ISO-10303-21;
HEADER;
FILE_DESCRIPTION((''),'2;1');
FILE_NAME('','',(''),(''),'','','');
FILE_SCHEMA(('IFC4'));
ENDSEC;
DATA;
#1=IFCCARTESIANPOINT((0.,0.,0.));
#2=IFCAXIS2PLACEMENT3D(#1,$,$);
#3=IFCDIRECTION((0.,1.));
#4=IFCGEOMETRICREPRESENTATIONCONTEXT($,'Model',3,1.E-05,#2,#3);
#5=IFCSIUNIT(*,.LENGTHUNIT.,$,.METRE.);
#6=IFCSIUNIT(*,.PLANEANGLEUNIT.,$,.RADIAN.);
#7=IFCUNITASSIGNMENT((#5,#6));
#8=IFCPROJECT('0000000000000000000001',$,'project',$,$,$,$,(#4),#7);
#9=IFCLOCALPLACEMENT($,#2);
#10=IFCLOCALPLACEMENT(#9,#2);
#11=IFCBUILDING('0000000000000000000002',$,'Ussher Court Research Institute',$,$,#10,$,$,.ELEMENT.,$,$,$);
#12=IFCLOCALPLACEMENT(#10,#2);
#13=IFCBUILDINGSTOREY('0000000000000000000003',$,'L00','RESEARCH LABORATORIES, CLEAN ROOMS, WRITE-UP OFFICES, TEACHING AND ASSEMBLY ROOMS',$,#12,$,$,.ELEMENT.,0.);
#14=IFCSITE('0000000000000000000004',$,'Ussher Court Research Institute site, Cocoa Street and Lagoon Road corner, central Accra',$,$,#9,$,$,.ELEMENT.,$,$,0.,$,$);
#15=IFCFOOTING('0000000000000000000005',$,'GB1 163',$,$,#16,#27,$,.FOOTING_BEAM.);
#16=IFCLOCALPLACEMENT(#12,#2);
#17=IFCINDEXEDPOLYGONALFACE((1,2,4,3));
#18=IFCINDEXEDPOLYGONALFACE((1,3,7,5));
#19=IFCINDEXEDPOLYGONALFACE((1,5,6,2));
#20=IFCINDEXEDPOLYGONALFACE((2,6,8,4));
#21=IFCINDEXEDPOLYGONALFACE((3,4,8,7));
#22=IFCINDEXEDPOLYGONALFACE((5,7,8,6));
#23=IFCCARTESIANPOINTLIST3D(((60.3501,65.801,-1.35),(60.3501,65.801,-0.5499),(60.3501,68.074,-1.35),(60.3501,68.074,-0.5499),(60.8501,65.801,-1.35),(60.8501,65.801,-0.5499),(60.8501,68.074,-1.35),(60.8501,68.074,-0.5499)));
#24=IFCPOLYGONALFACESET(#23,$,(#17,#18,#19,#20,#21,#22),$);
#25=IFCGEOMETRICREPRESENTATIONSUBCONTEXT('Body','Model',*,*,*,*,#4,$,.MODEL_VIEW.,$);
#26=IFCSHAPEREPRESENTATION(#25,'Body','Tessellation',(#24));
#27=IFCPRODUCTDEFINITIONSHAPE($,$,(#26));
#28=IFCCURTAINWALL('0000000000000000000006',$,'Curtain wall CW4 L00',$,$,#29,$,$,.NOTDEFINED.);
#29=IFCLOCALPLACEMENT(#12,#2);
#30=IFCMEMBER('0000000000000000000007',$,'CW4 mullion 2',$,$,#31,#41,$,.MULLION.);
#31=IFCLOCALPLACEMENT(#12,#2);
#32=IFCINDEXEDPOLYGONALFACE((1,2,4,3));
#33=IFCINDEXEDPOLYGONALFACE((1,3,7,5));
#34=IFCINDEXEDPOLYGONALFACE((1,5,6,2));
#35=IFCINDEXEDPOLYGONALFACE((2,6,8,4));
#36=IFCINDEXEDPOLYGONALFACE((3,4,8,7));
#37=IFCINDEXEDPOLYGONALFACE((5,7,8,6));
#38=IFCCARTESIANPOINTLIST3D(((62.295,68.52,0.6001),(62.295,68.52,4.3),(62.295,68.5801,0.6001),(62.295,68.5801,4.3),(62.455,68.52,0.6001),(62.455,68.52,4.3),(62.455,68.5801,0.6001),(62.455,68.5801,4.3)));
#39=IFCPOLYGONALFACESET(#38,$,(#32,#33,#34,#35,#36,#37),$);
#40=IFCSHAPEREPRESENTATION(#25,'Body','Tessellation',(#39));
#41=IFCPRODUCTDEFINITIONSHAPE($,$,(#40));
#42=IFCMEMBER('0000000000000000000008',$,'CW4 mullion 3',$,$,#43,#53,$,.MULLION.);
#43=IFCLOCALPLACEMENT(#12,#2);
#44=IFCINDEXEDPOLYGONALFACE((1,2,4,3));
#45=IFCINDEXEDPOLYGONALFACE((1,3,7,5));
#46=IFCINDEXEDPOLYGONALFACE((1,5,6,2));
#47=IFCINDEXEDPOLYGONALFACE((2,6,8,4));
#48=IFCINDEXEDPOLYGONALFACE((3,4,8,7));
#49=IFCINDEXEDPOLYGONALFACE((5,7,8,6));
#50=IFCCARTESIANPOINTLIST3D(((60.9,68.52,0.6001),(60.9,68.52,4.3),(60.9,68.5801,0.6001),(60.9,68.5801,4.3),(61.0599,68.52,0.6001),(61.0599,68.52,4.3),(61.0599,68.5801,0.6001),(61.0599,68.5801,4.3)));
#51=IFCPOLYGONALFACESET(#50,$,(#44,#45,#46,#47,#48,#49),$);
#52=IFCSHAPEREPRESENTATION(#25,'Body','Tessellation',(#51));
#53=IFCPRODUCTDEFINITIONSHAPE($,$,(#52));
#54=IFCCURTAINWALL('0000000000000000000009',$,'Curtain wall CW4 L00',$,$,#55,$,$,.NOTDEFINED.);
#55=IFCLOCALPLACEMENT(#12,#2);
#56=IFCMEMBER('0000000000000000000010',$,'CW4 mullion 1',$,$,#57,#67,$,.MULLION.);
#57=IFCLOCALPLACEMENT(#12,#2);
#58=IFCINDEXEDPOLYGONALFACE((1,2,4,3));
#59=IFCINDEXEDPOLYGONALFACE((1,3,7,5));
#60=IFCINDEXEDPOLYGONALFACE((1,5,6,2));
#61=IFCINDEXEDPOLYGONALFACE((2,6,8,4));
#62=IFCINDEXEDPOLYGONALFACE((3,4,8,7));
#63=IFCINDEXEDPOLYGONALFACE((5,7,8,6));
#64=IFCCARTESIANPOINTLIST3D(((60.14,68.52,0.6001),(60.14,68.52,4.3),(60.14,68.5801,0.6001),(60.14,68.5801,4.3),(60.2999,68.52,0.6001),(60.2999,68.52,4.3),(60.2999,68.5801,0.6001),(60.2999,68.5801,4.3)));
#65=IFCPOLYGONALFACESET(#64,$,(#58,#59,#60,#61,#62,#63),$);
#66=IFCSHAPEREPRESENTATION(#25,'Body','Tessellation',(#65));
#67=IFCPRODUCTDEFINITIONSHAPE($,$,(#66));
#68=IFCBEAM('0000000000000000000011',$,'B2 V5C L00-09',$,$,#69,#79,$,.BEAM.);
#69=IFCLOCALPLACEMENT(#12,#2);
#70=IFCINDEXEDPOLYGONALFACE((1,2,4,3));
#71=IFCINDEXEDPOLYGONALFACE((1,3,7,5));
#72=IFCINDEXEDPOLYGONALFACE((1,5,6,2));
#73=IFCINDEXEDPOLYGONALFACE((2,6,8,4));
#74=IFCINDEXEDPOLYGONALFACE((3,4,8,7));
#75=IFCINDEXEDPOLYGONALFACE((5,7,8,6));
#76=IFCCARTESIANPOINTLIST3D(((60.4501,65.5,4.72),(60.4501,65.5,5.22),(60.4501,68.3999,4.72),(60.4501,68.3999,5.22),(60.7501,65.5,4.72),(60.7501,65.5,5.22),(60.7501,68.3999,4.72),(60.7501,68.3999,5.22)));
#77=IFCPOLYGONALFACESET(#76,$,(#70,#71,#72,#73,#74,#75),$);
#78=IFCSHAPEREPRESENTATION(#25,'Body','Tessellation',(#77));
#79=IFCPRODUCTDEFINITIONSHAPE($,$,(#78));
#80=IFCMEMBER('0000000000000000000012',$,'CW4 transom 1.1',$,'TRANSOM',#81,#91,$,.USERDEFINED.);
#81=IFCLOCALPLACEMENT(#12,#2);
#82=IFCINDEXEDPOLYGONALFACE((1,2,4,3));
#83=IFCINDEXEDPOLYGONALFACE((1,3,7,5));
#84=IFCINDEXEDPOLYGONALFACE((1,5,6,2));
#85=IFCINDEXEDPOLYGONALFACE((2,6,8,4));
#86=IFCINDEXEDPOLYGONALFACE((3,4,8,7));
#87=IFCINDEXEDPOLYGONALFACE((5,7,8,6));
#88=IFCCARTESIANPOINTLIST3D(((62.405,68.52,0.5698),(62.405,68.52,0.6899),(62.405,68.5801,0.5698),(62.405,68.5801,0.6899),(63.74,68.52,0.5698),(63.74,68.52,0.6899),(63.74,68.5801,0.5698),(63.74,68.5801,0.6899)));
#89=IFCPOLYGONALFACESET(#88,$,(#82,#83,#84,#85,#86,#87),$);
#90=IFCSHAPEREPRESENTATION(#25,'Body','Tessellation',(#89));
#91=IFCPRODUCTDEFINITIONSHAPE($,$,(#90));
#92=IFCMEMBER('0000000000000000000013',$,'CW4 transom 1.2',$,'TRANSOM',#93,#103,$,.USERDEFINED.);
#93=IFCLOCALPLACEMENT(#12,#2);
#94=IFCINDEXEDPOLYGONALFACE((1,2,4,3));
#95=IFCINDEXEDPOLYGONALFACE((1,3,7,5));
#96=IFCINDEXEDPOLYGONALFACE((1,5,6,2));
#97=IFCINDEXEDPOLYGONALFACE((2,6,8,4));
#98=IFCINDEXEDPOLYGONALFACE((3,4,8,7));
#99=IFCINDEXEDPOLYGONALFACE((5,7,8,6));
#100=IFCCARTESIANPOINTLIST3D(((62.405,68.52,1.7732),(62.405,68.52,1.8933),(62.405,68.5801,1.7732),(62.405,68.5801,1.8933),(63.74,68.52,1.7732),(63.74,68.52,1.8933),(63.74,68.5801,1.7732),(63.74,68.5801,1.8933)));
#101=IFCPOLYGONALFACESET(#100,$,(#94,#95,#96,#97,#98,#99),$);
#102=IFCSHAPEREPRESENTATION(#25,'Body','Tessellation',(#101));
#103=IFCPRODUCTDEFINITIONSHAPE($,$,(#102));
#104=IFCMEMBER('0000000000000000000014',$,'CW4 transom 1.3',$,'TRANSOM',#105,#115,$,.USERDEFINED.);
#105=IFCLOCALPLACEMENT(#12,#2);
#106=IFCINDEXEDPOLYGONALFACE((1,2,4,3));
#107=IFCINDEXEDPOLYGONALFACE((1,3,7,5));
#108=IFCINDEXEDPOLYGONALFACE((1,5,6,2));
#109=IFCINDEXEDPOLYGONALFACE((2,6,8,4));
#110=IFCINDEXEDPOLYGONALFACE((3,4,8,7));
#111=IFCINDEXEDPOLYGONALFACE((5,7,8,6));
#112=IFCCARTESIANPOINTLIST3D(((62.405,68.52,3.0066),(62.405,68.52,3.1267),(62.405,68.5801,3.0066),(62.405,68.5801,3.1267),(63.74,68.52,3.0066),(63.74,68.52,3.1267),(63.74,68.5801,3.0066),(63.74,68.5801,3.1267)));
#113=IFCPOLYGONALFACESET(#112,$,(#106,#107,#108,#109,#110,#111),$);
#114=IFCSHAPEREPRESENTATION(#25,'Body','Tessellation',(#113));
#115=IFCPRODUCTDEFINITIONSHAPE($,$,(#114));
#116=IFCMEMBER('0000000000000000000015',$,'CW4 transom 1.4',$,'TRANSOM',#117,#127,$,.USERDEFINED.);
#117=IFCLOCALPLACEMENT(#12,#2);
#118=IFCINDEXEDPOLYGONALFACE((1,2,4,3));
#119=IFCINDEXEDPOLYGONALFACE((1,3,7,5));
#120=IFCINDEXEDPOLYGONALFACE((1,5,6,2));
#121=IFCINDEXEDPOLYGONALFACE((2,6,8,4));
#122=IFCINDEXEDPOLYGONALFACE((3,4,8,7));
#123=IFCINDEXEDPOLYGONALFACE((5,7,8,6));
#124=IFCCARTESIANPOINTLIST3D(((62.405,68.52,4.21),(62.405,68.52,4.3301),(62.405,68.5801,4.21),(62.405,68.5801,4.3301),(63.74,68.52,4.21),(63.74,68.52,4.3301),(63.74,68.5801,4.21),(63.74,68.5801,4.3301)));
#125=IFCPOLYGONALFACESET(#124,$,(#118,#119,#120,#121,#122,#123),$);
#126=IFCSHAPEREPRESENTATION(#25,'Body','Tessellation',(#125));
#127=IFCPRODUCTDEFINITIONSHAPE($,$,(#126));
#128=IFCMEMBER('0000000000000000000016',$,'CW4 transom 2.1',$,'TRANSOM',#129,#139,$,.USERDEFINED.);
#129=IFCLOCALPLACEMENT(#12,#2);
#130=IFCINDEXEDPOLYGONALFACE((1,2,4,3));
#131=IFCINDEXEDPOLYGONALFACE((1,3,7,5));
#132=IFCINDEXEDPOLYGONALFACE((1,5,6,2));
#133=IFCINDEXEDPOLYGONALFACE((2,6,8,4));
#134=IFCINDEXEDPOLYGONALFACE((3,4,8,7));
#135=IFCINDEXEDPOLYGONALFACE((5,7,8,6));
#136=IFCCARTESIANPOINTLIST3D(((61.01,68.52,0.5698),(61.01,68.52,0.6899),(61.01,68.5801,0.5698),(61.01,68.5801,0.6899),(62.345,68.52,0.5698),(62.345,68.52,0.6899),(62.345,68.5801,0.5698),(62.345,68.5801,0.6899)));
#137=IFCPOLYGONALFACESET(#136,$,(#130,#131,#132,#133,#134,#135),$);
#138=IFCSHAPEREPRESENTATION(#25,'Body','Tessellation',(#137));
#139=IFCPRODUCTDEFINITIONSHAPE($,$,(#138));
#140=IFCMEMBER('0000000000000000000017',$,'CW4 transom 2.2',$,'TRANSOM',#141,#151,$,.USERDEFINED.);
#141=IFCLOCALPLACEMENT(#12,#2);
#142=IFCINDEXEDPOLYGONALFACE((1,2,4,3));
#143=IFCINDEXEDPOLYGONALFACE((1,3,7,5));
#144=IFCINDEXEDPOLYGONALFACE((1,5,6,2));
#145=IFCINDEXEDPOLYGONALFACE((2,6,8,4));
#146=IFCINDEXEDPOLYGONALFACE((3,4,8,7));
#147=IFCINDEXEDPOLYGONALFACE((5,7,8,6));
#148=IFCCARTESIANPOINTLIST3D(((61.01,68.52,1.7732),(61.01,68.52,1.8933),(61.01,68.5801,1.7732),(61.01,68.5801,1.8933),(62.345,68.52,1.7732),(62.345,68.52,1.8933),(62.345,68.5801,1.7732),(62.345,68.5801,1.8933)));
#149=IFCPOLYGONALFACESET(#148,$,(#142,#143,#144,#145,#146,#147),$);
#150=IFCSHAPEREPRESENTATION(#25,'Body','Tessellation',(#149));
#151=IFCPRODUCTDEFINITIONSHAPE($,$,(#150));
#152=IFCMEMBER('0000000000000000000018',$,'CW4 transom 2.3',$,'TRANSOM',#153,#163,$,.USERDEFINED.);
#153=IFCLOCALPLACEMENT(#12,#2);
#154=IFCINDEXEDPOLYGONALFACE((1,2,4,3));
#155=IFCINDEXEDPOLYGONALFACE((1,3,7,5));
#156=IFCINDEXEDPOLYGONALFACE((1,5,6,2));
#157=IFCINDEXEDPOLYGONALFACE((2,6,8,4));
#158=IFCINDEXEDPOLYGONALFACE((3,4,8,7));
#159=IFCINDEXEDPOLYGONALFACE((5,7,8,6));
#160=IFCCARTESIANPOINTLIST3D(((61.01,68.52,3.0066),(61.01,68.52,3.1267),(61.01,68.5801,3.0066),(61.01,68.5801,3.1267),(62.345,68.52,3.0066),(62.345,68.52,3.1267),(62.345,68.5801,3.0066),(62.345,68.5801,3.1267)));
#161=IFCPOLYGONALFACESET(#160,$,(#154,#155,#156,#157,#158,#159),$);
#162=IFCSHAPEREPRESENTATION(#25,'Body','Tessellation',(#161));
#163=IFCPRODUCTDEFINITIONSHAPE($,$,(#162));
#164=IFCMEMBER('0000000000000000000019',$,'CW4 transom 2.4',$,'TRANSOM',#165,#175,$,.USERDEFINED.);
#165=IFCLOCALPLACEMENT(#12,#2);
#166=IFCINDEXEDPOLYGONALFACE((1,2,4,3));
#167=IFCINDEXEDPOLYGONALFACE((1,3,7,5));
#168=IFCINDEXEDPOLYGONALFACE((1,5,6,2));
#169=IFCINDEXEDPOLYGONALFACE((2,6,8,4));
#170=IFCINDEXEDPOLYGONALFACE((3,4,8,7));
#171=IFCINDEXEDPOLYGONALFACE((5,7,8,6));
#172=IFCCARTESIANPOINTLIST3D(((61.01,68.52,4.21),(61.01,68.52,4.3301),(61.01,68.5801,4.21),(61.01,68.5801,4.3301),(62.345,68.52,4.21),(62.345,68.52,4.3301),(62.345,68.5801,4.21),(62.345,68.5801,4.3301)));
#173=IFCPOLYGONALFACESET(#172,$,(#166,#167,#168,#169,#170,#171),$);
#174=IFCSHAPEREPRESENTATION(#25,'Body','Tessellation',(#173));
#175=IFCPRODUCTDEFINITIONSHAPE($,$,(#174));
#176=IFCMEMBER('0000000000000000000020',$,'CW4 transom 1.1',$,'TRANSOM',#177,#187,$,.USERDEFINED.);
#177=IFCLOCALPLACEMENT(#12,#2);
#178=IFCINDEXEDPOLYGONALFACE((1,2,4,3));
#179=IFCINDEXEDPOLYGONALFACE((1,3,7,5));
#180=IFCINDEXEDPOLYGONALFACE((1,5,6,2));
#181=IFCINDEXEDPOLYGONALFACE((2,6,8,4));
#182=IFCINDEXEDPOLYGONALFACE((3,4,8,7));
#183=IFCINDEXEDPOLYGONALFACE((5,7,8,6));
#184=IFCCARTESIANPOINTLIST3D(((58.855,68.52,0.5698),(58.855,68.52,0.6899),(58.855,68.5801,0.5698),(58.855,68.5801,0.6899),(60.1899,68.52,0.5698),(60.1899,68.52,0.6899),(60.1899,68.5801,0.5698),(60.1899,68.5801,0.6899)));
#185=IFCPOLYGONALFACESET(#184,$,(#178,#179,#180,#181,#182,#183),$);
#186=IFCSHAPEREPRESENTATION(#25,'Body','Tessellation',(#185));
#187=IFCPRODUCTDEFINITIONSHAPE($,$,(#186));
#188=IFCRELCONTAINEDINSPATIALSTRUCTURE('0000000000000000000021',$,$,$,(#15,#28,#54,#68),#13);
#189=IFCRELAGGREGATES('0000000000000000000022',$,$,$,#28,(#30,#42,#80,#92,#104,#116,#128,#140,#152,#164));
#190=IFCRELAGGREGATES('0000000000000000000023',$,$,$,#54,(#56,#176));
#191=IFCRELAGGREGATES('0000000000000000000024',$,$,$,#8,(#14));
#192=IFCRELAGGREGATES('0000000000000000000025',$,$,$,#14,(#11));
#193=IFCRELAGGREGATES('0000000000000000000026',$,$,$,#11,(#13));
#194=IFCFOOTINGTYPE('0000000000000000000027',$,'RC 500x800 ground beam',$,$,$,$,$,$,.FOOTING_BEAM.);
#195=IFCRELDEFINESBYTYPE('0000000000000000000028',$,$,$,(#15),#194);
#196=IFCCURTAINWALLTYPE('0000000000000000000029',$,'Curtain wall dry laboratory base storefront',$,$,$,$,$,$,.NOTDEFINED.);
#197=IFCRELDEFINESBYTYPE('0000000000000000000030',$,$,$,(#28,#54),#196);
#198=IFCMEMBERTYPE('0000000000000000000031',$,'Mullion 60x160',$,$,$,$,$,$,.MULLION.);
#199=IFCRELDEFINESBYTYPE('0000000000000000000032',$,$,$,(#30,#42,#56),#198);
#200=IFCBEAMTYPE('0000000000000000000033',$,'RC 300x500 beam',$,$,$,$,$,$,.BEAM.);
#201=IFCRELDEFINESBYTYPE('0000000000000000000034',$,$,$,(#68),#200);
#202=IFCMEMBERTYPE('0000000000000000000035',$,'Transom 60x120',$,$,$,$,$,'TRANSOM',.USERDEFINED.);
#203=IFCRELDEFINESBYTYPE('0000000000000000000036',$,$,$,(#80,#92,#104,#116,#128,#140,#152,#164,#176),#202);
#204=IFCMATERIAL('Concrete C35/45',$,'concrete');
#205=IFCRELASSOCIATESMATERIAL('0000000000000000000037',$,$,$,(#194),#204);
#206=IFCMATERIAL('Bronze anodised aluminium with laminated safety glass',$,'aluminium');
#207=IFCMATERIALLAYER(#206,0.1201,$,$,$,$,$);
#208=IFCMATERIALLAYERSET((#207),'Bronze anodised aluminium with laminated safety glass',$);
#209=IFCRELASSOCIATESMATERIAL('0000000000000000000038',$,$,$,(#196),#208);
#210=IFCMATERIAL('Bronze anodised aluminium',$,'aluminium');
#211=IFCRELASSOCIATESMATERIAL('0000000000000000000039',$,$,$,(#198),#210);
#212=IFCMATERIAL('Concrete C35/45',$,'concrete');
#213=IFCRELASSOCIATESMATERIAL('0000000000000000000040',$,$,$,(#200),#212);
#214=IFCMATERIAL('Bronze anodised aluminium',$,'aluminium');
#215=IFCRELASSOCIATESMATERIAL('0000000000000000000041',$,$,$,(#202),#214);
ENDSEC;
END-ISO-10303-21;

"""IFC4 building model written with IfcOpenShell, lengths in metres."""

from ifc_helpers import new_model, si_unit, direction, frame, origin, origin_2d, place, context, subcontext, project, spatial, rectangle, extrude, material, layer, layer_set, material_profile, profile_set, type_object, element, aggregate, save


model = new_model("IFC4")

# Units and contexts
model_context = context("Model", 3, precision=1e-05, world=origin(), true_north=direction((0.0, 1.0)))
body_context = subcontext(model_context, "Body", "Model", "MODEL_VIEW")
ifc_project = project(units=[si_unit("LENGTHUNIT", "METRE"), si_unit("PLANEANGLEUNIT", "RADIAN")], contexts=[model_context])

# Site, building, storey
site_placement = place(None, origin())
site = spatial("IfcSite", under=ifc_project, at=site_placement, Name="Ussher Court Research Institute site, Cocoa Street and Lagoon Road corner, central Accra", CompositionType="ELEMENT", RefElevation=0.0)
building_placement = place(site_placement, origin())
building = spatial("IfcBuilding", under=site, at=building_placement, Name="Ussher Court Research Institute", CompositionType="ELEMENT")
storey_placement = place(building_placement, origin())
storey = spatial("IfcBuildingStorey", under=building, at=storey_placement, Name="L00", Description="RESEARCH LABORATORIES, CLEAN ROOMS, WRITE-UP OFFICES, TEACHING AND ASSEMBLY ROOMS", CompositionType="ELEMENT", Elevation=0.0)

# Footing
ifc_material_1 = material(Name="Concrete C35/45", Category="concrete")
ifc_material_profile_1 = material_profile(ifc_material_1, rectangle(XDim=0.5, YDim=0.8, at=origin_2d()), Name="RC 500x800")
ifc_profile_set_1 = profile_set([ifc_material_profile_1], Name="Concrete C35/45")
footing_type = type_object("IfcFootingType", Name="RC 500x800 ground beam", PredefinedType="FOOTING_BEAM", material=ifc_profile_set_1)
footing_placement = place(storey_placement, frame((60.6001, 65.801, -0.95), z_axis=(0.0, 1.0, 0.0), x_axis=(-1.0, 0.0, 0.0)))
element("IfcFooting", 1, at=footing_placement, inside=storey, type_object=footing_type, Name="GB1 163", PredefinedType="FOOTING_BEAM", context=body_context, shape_type="SweptSolid", body=[
    extrude(rectangle(XDim=0.5, YDim=0.8, at=origin_2d()), origin(), (0.0, 0.0, 1.0), 2.2729),
])

# Curtain wall, members
ifc_material_2 = material(Name="Bronze anodised aluminium with laminated safety glass", Category="aluminium")
ifc_layer_1 = layer(ifc_material_2, 0.1201)
ifc_layer_set_1 = layer_set([ifc_layer_1], Name="Bronze anodised aluminium with laminated safety glass")
curtain_wall_type = type_object("IfcCurtainWallType", Name="Curtain wall dry laboratory base storefront", PredefinedType="NOTDEFINED", material=ifc_layer_set_1)
curtain_wall_1_placement = place(storey_placement, origin())
curtain_wall_1 = element("IfcCurtainWall", 2, at=curtain_wall_1_placement, inside=storey, type_object=curtain_wall_type, Name="Curtain wall CW4 L00", PredefinedType="NOTDEFINED")
ifc_material_3 = material(Name="Bronze anodised aluminium", Category="aluminium")
ifc_material_profile_2 = material_profile(ifc_material_3, rectangle(XDim=0.0601, YDim=0.1599, at=origin_2d()), Name="Mullion 60x160")
ifc_profile_set_2 = profile_set([ifc_material_profile_2], Name="Bronze anodised aluminium")
member_type_1 = type_object("IfcMemberType", Name="Mullion 60x160", PredefinedType="MULLION", material=ifc_profile_set_2)
member_1_placement = place(storey_placement, frame((62.375, 68.55, 0.6001), z_axis=(0.0, 0.0, 1.0), x_axis=(0.0, -1.0, 0.0)))
member_1 = element("IfcMember", 3, at=member_1_placement, type_object=member_type_1, Name="CW4 mullion 2", PredefinedType="MULLION", context=body_context, shape_type="SweptSolid", body=[
    extrude(rectangle(XDim=0.0601, YDim=0.1599, at=origin_2d()), origin(), (0.0, 0.0, 1.0), 3.7),
])
member_2_placement = place(storey_placement, frame((60.98, 68.55, 0.6001), z_axis=(0.0, 0.0, 1.0), x_axis=(0.0, -1.0, 0.0)))
member_2 = element("IfcMember", 4, at=member_2_placement, type_object=member_type_1, Name="CW4 mullion 3", PredefinedType="MULLION", context=body_context, shape_type="SweptSolid", body=[
    extrude(rectangle(XDim=0.0601, YDim=0.1599, at=origin_2d()), origin(), (0.0, 0.0, 1.0), 3.7),
])

# Curtain wall, member
curtain_wall_2_placement = place(storey_placement, origin())
curtain_wall_2 = element("IfcCurtainWall", 5, at=curtain_wall_2_placement, inside=storey, type_object=curtain_wall_type, Name="Curtain wall CW4 L00", PredefinedType="NOTDEFINED")
member_3_placement = place(storey_placement, frame((60.22, 68.55, 0.6001), z_axis=(0.0, 0.0, 1.0), x_axis=(0.0, -1.0, 0.0)))
member_3 = element("IfcMember", 6, at=member_3_placement, type_object=member_type_1, Name="CW4 mullion 1", PredefinedType="MULLION", context=body_context, shape_type="SweptSolid", body=[
    extrude(rectangle(XDim=0.0601, YDim=0.1599, at=origin_2d()), origin(), (0.0, 0.0, 1.0), 3.7),
])

# Beam
ifc_material_4 = material(Name="Concrete C35/45", Category="concrete")
ifc_material_profile_3 = material_profile(ifc_material_4, rectangle(XDim=0.3, YDim=0.5, at=origin_2d()), Name="RC 300x500")
ifc_profile_set_3 = profile_set([ifc_material_profile_3], Name="Concrete C35/45")
beam_type = type_object("IfcBeamType", Name="RC 300x500 beam", PredefinedType="BEAM", material=ifc_profile_set_3)
beam_placement = place(storey_placement, frame((60.6001, 65.5, 4.97), z_axis=(0.0, 1.0, 0.0), x_axis=(-1.0, 0.0, 0.0)))
element("IfcBeam", 7, at=beam_placement, inside=storey, type_object=beam_type, Name="B2 V5C L00-09", PredefinedType="BEAM", context=body_context, shape_type="SweptSolid", body=[
    extrude(rectangle(XDim=0.3, YDim=0.5, at=origin_2d()), origin(), (0.0, 0.0, 1.0), 2.8999),
])

# Members
ifc_material_5 = material(Name="Bronze anodised aluminium", Category="aluminium")
ifc_material_profile_4 = material_profile(ifc_material_5, rectangle(XDim=0.0601, YDim=0.1201, at=origin_2d()), Name="Transom 60x120")
ifc_profile_set_4 = profile_set([ifc_material_profile_4], Name="Bronze anodised aluminium")
member_type_2 = type_object("IfcMemberType", Name="Transom 60x120", ElementType="TRANSOM", PredefinedType="USERDEFINED", material=ifc_profile_set_4)
member_4_placement = place(storey_placement, frame((63.74, 68.55, 0.6299), z_axis=(-1.0, 0.0, 0.0), x_axis=(0.0, -1.0, 0.0)))
member_4 = element("IfcMember", 8, at=member_4_placement, type_object=member_type_2, Name="CW4 transom 1.1", ObjectType="TRANSOM", PredefinedType="USERDEFINED", context=body_context, shape_type="SweptSolid", body=[
    extrude(rectangle(XDim=0.0601, YDim=0.1201, at=origin_2d()), origin(), (0.0, 0.0, 1.0), 1.335),
])
member_5_placement = place(storey_placement, frame((63.74, 68.55, 1.8333), z_axis=(-1.0, 0.0, 0.0), x_axis=(0.0, -1.0, 0.0)))
member_5 = element("IfcMember", 9, at=member_5_placement, type_object=member_type_2, Name="CW4 transom 1.2", ObjectType="TRANSOM", PredefinedType="USERDEFINED", context=body_context, shape_type="SweptSolid", body=[
    extrude(rectangle(XDim=0.0601, YDim=0.1201, at=origin_2d()), origin(), (0.0, 0.0, 1.0), 1.335),
])
member_6_placement = place(storey_placement, frame((63.74, 68.55, 3.0667), z_axis=(-1.0, 0.0, 0.0), x_axis=(0.0, -1.0, 0.0)))
member_6 = element("IfcMember", 10, at=member_6_placement, type_object=member_type_2, Name="CW4 transom 1.3", ObjectType="TRANSOM", PredefinedType="USERDEFINED", context=body_context, shape_type="SweptSolid", body=[
    extrude(rectangle(XDim=0.0601, YDim=0.1201, at=origin_2d()), origin(), (0.0, 0.0, 1.0), 1.335),
])
member_7_placement = place(storey_placement, frame((63.74, 68.55, 4.27), z_axis=(-1.0, 0.0, 0.0), x_axis=(0.0, -1.0, 0.0)))
member_7 = element("IfcMember", 11, at=member_7_placement, type_object=member_type_2, Name="CW4 transom 1.4", ObjectType="TRANSOM", PredefinedType="USERDEFINED", context=body_context, shape_type="SweptSolid", body=[
    extrude(rectangle(XDim=0.0601, YDim=0.1201, at=origin_2d()), origin(), (0.0, 0.0, 1.0), 1.335),
])
member_8_placement = place(storey_placement, frame((62.345, 68.55, 0.6299), z_axis=(-1.0, 0.0, 0.0), x_axis=(0.0, -1.0, 0.0)))
member_8 = element("IfcMember", 12, at=member_8_placement, type_object=member_type_2, Name="CW4 transom 2.1", ObjectType="TRANSOM", PredefinedType="USERDEFINED", context=body_context, shape_type="SweptSolid", body=[
    extrude(rectangle(XDim=0.0601, YDim=0.1201, at=origin_2d()), origin(), (0.0, 0.0, 1.0), 1.335),
])
member_9_placement = place(storey_placement, frame((62.345, 68.55, 1.8333), z_axis=(-1.0, 0.0, 0.0), x_axis=(0.0, -1.0, 0.0)))
member_9 = element("IfcMember", 13, at=member_9_placement, type_object=member_type_2, Name="CW4 transom 2.2", ObjectType="TRANSOM", PredefinedType="USERDEFINED", context=body_context, shape_type="SweptSolid", body=[
    extrude(rectangle(XDim=0.0601, YDim=0.1201, at=origin_2d()), origin(), (0.0, 0.0, 1.0), 1.335),
])
member_10_placement = place(storey_placement, frame((62.345, 68.55, 3.0667), z_axis=(-1.0, 0.0, 0.0), x_axis=(0.0, -1.0, 0.0)))
member_10 = element("IfcMember", 14, at=member_10_placement, type_object=member_type_2, Name="CW4 transom 2.3", ObjectType="TRANSOM", PredefinedType="USERDEFINED", context=body_context, shape_type="SweptSolid", body=[
    extrude(rectangle(XDim=0.0601, YDim=0.1201, at=origin_2d()), origin(), (0.0, 0.0, 1.0), 1.335),
])
member_11_placement = place(storey_placement, frame((62.345, 68.55, 4.27), z_axis=(-1.0, 0.0, 0.0), x_axis=(0.0, -1.0, 0.0)))
member_11 = element("IfcMember", 15, at=member_11_placement, type_object=member_type_2, Name="CW4 transom 2.4", ObjectType="TRANSOM", PredefinedType="USERDEFINED", context=body_context, shape_type="SweptSolid", body=[
    extrude(rectangle(XDim=0.0601, YDim=0.1201, at=origin_2d()), origin(), (0.0, 0.0, 1.0), 1.335),
])
member_12_placement = place(storey_placement, frame((60.1899, 68.55, 0.6299), z_axis=(-1.0, 0.0, 0.0), x_axis=(0.0, -1.0, 0.0)))
member_12 = element("IfcMember", 16, at=member_12_placement, type_object=member_type_2, Name="CW4 transom 1.1", ObjectType="TRANSOM", PredefinedType="USERDEFINED", context=body_context, shape_type="SweptSolid", body=[
    extrude(rectangle(XDim=0.0601, YDim=0.1201, at=origin_2d()), origin(), (0.0, 0.0, 1.0), 1.335),
])

aggregate(curtain_wall_1, [member_1, member_2, member_4, member_5, member_6, member_7, member_8, member_9, member_10, member_11])
aggregate(curtain_wall_2, [member_3, member_12])

save(model, "model.ifc")
